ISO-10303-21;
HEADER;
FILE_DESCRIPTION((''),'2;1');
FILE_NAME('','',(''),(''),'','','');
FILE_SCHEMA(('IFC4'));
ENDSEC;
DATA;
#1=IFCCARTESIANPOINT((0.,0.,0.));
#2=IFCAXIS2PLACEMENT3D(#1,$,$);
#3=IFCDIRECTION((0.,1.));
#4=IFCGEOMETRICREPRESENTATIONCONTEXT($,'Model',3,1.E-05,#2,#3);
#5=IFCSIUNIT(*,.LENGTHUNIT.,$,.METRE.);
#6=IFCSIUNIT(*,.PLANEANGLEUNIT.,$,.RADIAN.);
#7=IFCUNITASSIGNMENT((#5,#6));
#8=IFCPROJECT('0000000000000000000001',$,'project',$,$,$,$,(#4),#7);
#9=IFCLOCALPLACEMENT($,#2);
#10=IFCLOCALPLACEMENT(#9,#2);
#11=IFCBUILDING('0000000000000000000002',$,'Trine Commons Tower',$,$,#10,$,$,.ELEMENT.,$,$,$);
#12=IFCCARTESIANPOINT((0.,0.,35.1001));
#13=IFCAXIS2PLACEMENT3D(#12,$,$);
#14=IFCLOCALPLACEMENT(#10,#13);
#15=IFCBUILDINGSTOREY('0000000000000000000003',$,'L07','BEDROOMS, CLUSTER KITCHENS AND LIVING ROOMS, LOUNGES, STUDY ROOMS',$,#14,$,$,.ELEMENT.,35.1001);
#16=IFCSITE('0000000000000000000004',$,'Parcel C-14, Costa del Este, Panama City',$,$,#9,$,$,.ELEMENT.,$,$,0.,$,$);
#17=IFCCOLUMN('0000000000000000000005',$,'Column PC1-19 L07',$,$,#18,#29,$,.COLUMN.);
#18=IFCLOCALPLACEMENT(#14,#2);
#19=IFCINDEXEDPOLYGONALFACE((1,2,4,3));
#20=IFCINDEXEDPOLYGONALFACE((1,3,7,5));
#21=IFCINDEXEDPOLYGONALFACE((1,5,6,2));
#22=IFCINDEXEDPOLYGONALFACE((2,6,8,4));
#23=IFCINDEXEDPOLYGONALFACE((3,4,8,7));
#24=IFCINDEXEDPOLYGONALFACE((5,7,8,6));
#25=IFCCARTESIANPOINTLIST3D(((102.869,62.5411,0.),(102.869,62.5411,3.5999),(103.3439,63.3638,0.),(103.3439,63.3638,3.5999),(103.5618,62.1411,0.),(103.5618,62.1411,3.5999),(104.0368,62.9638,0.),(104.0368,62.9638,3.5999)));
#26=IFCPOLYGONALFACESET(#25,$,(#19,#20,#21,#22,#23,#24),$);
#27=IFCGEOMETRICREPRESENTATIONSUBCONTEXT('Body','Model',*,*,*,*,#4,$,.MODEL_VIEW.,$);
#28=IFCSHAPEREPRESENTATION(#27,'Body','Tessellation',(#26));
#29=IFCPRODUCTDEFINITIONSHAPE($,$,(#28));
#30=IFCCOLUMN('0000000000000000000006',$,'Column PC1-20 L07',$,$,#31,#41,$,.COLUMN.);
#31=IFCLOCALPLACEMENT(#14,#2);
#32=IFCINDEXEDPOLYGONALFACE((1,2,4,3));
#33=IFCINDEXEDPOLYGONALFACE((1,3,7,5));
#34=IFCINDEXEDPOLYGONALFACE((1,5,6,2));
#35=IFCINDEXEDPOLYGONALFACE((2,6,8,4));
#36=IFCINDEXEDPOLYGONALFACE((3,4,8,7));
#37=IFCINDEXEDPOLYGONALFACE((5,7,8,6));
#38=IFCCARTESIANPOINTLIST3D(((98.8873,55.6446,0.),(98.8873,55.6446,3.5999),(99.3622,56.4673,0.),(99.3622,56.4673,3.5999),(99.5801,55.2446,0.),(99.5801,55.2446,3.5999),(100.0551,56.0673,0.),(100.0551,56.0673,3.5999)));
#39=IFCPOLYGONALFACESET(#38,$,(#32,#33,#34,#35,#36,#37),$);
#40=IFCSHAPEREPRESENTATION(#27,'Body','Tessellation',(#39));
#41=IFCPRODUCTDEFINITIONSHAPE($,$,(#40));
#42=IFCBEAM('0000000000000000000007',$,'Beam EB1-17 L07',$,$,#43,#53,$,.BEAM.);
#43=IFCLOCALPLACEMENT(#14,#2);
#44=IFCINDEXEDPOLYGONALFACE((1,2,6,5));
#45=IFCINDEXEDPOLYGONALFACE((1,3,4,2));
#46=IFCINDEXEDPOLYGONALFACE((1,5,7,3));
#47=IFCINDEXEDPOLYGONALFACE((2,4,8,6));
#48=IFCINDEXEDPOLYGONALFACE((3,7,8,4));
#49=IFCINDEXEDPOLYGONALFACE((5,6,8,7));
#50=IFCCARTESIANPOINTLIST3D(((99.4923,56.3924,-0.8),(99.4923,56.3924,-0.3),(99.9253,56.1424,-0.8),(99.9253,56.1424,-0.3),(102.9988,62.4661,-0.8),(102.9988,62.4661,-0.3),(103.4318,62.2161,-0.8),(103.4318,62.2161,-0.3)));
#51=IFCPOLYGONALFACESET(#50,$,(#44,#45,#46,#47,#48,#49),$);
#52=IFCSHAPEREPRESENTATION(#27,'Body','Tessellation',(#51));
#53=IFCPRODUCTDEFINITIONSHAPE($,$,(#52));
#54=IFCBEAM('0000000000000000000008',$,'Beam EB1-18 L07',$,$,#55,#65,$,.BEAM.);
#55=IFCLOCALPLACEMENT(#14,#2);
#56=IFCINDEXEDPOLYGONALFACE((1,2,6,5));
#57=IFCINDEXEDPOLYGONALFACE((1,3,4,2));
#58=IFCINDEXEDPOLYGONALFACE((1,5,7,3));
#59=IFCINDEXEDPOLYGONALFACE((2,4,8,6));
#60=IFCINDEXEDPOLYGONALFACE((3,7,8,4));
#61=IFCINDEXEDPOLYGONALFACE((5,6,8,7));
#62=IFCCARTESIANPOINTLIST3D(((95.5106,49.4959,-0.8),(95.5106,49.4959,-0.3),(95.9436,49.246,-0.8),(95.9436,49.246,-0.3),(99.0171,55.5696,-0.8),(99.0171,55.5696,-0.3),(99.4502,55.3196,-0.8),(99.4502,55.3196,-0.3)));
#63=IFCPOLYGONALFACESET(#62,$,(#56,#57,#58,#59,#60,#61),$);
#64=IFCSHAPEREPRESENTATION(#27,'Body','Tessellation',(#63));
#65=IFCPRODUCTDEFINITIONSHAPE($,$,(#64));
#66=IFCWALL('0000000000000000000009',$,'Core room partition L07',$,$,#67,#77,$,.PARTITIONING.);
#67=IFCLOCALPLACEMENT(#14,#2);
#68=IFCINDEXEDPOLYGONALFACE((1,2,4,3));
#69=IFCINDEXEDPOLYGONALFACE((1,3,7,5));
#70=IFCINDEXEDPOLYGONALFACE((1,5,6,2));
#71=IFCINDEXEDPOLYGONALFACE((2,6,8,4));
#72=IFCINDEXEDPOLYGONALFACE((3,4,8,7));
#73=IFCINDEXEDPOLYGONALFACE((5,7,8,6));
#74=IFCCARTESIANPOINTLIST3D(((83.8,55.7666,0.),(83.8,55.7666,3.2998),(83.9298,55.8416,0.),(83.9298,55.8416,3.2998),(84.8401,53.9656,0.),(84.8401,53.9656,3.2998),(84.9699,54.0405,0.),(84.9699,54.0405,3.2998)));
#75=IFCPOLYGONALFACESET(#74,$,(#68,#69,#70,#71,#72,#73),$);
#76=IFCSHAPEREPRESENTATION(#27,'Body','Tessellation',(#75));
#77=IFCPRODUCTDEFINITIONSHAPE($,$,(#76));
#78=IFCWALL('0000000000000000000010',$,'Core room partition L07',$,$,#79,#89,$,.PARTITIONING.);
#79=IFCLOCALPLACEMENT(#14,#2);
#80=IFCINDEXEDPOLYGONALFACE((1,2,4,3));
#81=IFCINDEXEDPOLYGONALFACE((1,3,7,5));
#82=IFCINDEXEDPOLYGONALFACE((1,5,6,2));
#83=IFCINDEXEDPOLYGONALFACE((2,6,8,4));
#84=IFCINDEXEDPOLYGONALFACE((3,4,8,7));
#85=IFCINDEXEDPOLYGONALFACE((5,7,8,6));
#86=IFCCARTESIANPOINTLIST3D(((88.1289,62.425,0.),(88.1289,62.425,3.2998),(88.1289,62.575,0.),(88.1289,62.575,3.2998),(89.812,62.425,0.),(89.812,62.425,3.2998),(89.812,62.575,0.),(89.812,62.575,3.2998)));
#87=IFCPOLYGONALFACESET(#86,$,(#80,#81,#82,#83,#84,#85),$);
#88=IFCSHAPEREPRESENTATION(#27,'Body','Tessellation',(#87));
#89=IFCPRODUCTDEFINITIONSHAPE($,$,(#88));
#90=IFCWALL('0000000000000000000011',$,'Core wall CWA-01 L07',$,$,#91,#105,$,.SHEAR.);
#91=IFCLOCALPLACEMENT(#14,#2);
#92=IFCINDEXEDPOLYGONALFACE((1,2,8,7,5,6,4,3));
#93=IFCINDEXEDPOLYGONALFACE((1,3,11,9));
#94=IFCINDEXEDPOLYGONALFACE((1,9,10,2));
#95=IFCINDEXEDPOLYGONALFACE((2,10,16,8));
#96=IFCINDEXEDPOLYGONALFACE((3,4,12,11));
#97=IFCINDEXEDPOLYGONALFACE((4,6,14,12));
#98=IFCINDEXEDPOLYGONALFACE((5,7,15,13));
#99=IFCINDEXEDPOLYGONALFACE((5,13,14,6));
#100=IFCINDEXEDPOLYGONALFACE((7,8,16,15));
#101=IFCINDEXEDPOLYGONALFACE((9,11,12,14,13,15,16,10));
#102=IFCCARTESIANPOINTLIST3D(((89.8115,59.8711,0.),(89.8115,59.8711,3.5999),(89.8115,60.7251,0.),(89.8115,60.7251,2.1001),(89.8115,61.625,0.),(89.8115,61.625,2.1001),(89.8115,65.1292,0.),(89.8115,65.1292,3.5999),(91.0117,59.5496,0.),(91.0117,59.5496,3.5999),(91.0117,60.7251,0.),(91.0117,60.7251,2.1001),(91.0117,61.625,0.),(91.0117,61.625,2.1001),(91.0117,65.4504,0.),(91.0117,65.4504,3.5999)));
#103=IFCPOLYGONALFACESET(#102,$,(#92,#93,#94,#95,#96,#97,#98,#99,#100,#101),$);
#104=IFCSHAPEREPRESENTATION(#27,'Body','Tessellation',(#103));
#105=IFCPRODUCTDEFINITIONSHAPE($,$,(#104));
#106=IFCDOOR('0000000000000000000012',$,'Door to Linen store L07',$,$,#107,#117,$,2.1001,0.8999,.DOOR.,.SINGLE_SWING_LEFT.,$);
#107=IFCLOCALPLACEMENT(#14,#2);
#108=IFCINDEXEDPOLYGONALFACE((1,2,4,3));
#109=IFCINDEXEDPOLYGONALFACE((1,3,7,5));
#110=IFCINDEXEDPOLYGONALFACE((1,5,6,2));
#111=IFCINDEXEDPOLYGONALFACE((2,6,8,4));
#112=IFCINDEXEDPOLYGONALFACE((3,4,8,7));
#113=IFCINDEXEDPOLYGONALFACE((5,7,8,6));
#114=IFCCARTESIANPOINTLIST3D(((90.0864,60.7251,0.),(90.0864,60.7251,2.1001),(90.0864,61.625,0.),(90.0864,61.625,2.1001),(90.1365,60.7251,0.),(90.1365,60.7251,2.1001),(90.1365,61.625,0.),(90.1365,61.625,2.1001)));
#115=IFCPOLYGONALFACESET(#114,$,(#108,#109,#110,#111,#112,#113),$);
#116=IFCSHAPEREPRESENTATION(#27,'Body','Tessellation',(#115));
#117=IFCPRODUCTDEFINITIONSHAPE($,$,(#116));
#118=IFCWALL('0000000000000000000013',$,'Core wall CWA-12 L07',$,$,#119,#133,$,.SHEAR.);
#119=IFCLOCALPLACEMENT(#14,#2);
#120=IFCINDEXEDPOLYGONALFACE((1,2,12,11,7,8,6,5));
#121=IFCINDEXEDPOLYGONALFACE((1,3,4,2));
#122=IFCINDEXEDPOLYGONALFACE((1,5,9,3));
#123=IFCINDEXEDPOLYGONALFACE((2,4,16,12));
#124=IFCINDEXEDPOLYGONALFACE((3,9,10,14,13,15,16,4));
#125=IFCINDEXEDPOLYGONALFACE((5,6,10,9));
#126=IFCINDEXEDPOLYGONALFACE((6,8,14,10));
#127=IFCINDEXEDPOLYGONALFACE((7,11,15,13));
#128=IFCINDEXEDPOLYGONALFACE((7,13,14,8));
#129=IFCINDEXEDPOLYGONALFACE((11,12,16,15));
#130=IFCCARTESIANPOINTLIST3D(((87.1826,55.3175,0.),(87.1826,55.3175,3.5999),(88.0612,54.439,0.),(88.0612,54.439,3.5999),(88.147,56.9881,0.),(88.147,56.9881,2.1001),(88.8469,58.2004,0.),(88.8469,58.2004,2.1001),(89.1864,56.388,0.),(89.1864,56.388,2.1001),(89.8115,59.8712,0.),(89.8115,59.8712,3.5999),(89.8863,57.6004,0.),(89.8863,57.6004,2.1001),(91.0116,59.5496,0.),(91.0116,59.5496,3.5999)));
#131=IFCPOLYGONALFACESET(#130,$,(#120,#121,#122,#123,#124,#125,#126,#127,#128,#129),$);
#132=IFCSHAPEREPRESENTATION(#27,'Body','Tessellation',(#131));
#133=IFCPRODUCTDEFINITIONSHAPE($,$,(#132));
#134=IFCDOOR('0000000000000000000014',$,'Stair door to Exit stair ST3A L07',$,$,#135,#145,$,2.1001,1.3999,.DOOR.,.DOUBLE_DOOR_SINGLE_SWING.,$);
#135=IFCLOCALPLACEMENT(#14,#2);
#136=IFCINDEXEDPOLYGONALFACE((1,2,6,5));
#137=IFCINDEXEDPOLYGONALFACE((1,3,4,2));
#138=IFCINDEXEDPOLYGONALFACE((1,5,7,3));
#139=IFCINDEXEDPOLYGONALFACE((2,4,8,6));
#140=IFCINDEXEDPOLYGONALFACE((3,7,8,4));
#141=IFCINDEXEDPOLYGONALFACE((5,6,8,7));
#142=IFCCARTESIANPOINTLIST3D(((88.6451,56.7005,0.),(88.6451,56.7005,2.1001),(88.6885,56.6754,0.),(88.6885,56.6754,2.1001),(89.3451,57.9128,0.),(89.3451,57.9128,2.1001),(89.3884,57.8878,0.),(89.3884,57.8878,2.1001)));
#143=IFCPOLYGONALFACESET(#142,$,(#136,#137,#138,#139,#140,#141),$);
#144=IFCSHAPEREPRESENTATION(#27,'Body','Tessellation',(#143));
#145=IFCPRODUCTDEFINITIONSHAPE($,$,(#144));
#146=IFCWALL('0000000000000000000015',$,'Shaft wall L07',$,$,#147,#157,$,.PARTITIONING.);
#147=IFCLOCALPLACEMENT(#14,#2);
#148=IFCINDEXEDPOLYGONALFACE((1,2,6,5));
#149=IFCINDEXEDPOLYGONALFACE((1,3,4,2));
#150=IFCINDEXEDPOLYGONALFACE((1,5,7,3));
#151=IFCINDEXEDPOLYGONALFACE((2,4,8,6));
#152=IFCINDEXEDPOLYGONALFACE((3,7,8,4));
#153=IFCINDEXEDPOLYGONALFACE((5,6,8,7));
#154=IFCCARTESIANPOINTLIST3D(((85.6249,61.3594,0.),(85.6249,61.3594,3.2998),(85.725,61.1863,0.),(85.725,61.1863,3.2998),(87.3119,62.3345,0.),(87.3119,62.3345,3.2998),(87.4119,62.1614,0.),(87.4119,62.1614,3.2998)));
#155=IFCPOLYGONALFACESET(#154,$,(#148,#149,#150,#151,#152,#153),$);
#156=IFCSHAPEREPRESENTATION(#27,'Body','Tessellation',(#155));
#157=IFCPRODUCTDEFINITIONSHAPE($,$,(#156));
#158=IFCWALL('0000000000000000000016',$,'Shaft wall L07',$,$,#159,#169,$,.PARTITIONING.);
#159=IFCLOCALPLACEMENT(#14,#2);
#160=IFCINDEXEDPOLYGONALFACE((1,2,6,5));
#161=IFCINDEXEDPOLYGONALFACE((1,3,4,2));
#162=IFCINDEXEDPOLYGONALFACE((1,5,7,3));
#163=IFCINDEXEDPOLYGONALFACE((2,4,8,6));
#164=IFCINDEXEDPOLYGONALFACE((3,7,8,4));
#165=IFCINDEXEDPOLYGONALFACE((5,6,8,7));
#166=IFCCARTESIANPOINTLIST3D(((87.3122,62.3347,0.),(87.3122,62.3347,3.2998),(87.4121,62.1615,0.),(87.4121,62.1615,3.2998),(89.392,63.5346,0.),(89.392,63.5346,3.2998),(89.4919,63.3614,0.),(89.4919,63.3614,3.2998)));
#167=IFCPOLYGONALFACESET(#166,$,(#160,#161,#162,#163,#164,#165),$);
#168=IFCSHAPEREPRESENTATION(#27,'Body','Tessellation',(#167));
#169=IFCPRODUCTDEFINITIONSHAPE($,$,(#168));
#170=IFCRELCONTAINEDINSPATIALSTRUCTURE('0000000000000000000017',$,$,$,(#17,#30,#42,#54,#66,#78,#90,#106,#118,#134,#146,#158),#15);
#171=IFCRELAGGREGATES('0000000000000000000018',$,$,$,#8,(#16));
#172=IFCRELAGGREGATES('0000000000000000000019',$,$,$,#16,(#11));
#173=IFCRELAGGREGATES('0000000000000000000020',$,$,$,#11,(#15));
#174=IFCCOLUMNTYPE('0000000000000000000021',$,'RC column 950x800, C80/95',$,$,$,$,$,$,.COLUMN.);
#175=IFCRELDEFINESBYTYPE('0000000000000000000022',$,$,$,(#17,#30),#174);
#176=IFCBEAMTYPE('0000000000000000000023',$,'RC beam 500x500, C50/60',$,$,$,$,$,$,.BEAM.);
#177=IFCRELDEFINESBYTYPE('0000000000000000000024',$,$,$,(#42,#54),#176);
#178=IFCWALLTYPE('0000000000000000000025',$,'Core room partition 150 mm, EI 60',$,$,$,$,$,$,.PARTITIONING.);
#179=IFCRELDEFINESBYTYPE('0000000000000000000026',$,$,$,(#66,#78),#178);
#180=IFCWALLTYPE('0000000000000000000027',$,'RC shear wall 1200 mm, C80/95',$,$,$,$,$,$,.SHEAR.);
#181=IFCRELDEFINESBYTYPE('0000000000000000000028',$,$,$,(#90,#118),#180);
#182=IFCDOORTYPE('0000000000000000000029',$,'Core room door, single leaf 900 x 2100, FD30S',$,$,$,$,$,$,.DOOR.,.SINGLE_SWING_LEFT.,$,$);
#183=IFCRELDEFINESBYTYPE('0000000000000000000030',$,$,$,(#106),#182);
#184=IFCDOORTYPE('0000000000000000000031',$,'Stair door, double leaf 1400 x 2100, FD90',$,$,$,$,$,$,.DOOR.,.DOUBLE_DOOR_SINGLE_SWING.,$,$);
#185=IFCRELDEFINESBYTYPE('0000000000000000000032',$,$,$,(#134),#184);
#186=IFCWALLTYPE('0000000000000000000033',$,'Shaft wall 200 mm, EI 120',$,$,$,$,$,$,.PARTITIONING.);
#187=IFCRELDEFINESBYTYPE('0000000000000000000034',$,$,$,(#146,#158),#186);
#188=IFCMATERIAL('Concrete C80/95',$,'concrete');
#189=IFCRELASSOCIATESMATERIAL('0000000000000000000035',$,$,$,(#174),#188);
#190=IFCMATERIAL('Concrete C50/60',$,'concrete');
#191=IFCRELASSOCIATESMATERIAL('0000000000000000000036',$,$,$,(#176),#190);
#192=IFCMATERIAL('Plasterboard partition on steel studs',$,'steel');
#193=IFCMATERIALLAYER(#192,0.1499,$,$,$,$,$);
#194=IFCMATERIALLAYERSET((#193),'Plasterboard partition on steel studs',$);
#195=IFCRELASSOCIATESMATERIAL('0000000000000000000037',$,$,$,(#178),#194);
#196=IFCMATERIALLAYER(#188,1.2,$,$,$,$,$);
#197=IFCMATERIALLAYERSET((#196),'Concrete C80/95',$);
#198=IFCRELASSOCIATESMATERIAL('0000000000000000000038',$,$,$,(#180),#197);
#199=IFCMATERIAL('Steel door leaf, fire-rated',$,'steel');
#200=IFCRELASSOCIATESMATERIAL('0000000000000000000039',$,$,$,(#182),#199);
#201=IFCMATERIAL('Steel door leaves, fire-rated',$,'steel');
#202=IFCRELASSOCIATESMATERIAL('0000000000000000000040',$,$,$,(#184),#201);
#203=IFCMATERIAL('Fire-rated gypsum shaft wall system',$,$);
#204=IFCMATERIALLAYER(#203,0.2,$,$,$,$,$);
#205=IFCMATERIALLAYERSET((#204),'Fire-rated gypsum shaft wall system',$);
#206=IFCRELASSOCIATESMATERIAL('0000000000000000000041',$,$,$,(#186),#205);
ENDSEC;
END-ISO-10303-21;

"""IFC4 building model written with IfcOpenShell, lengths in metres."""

from ifc_helpers import new_model, si_unit, direction, frame, frame_2d, origin, origin_2d, place, context, subcontext, project, spatial, polyline, rectangle, outline, extrude, material, layer, layer_set, material_profile, profile_set, type_object, element, fill, save


model = new_model("IFC4")

# Units and contexts
model_context = context("Model", 3, precision=1e-05, world=origin(), true_north=direction((0.0, 1.0)))
body_context = subcontext(model_context, "Body", "Model", "MODEL_VIEW")
ifc_project = project(units=[si_unit("LENGTHUNIT", "METRE"), si_unit("PLANEANGLEUNIT", "RADIAN")], contexts=[model_context])

# Site, building, storey
site_placement = place(None, origin())
site = spatial("IfcSite", under=ifc_project, at=site_placement, Name="Parcel C-14, Costa del Este, Panama City", CompositionType="ELEMENT", RefElevation=0.0)
building_placement = place(site_placement, origin())
building = spatial("IfcBuilding", under=site, at=building_placement, Name="Trine Commons Tower", CompositionType="ELEMENT")
storey_placement = place(building_placement, frame((0.0, 0.0, 35.1001)))
storey = spatial("IfcBuildingStorey", under=building, at=storey_placement, Name="L07", Description="BEDROOMS, CLUSTER KITCHENS AND LIVING ROOMS, LOUNGES, STUDY ROOMS", CompositionType="ELEMENT", Elevation=35.1001)

# Columns
ifc_material_1 = material(Name="Concrete C80/95", Category="concrete")
ifc_material_profile_1 = material_profile(ifc_material_1, rectangle(XDim=0.95, YDim=0.8, at=origin_2d()), Name="RC 950x800")
ifc_profile_set_1 = profile_set([ifc_material_profile_1], Name="Concrete C80/95")
column_type = type_object("IfcColumnType", Name="RC column 950x800, C80/95", PredefinedType="COLUMN", material=ifc_profile_set_1)
for number, where, z_axis, x_axis, name in (
    (1, (103.4529, 62.7524, 0.0), (0.0, 0.0, 1.0), (0.5, 0.866025, 0.0), "Column PC1-19 L07"),
    (2, (99.4712, 55.856, 0.0), (0.0, 0.0, 1.0), (0.5, 0.866025, 0.0), "Column PC1-20 L07"),
):
    element("IfcColumn", number, at=place(storey_placement, frame(where, z_axis=z_axis, x_axis=x_axis)), inside=storey, type_object=column_type, Name=name, PredefinedType="COLUMN", context=body_context, shape_type="SweptSolid", body=[
        extrude(rectangle(XDim=0.95, YDim=0.8, at=origin_2d()), origin(), (0.0, 0.0, 1.0), 3.5999),
    ])

# Beams
ifc_material_2 = material(Name="Concrete C50/60", Category="concrete")
ifc_material_profile_2 = material_profile(ifc_material_2, rectangle(XDim=0.5, YDim=0.5, at=origin_2d()), Name="RC 500x500")
ifc_profile_set_2 = profile_set([ifc_material_profile_2], Name="Concrete C50/60")
beam_type = type_object("IfcBeamType", Name="RC beam 500x500, C50/60", PredefinedType="BEAM", material=ifc_profile_set_2)
for number, where, z_axis, x_axis, name in (
    (3, (103.2153, 62.3411, -0.55), (-0.499992, -0.86603, 0.0), (0.86603, -0.499992, 0.0), "Beam EB1-17 L07"),
    (4, (99.2336, 55.4446, -0.55), (-0.499992, -0.86603, 0.0), (0.86603, -0.499992, 0.0), "Beam EB1-18 L07"),
):
    element("IfcBeam", number, at=place(storey_placement, frame(where, z_axis=z_axis, x_axis=x_axis)), inside=storey, type_object=beam_type, Name=name, PredefinedType="BEAM", context=body_context, shape_type="SweptSolid", body=[
        extrude(rectangle(XDim=0.5, YDim=0.5, at=origin_2d()), origin(), (0.0, 0.0, 1.0), 7.0132),
    ])

# Walls
ifc_material_3 = material(Name="Plasterboard partition on steel studs", Category="steel")
ifc_layer_1 = layer(ifc_material_3, 0.1499)
ifc_layer_set_1 = layer_set([ifc_layer_1], Name="Plasterboard partition on steel studs")
wall_type_1 = type_object("IfcWallType", Name="Core room partition 150 mm, EI 60", PredefinedType="PARTITIONING", material=ifc_layer_set_1)
wall_1_placement = place(storey_placement, frame((84.905, 54.0029, 0.0), z_axis=(0.0, 0.0, 1.0), x_axis=(-0.500078, 0.86598, 0.0)))
element("IfcWall", 5, at=wall_1_placement, inside=storey, type_object=wall_type_1, Name="Core room partition L07", PredefinedType="PARTITIONING", context=body_context, shape_type="SweptSolid", body=[
    extrude(rectangle(XDim=2.0798, YDim=0.1499, at=frame_2d((1.04, 0.0))), origin(), (0.0, 0.0, 1.0), 3.2998),
])
wall_2_placement = place(storey_placement, frame((89.812, 62.5, 0.0), z_axis=(0.0, 0.0, 1.0), x_axis=(-1.0, 0.0, 0.0)))
element("IfcWall", 6, at=wall_2_placement, inside=storey, type_object=wall_type_1, Name="Core room partition L07", PredefinedType="PARTITIONING", context=body_context, shape_type="SweptSolid", body=[
    extrude(rectangle(XDim=1.6831, YDim=0.1499, at=frame_2d((0.8416, 0.0))), origin(), (0.0, 0.0, 1.0), 3.2998),
])

# Walls, openings, doors
ifc_layer_2 = layer(ifc_material_1, 1.2)
ifc_layer_set_2 = layer_set([ifc_layer_2], Name="Concrete C80/95")
wall_type_2 = type_object("IfcWallType", Name="RC shear wall 1200 mm, C80/95", PredefinedType="SHEAR", material=ifc_layer_set_2)
wall_3_placement = place(storey_placement, frame((90.4116, 59.5496, 0.0), z_axis=(0.0, 0.0, 1.0), x_axis=(0.0, 1.0, 0.0)))
wall_3 = element("IfcWall", 7, at=wall_3_placement, inside=storey, type_object=wall_type_2, Name="Core wall CWA-01 L07", PredefinedType="SHEAR", context=body_context, shape_type="SweptSolid", body=[
    extrude(outline(polyline([(0.0, -0.6001), (5.9009, -0.6001), (5.5796, 0.6001), (0.3215, 0.6001), (0.0, -0.6001)])), origin(), (0.0, 0.0, 1.0), 3.5999),
])
opening_1_placement = place(wall_3_placement, frame((1.1755, 0.0, 0.0)))
opening_1 = element("IfcOpeningElement", 8, at=opening_1_placement, cuts=wall_3, PredefinedType="OPENING", context=body_context, shape_type="SweptSolid", body=[
    extrude(rectangle(XDim=0.8999, YDim=2.1001, at=frame_2d((0.45, 1.05))), frame((0.0, 0.6099, 0.0), z_axis=(0.0, -1.0, 0.0), x_axis=(1.0, 0.0, 0.0)), (0.0, 0.0, 1.0), 1.22),
])
ifc_material_4 = material(Name="Steel door leaf, fire-rated", Category="steel")
door_type_1 = type_object("IfcDoorType", Name="Core room door, single leaf 900 x 2100, FD30S", OperationType="SINGLE_SWING_LEFT", PredefinedType="DOOR", material=ifc_material_4)
door_1_placement = place(opening_1_placement, origin())
door_1 = element("IfcDoor", 9, at=door_1_placement, inside=storey, type_object=door_type_1, Name="Door to Linen store L07", OperationType="SINGLE_SWING_LEFT", OverallHeight=2.1001, OverallWidth=0.8999, PredefinedType="DOOR", context=body_context, shape_type="SweptSolid", body=[
    extrude(rectangle(XDim=0.8999, YDim=2.1001, at=frame_2d((0.45, 1.05))), frame((0.0, 0.3252, 0.0), z_axis=(0.0, -1.0, 0.0), x_axis=(1.0, 0.0, 0.0)), (0.0, 0.0, 1.0), 0.05),
])
fill(opening_1, door_1)
wall_4_placement = place(storey_placement, frame((87.5415, 54.739, 0.0), z_axis=(0.0, 0.0, 1.0), x_axis=(0.499979, 0.866037, 0.0)))
wall_4 = element("IfcWall", 10, at=wall_4_placement, inside=storey, type_object=wall_type_2, Name="Core wall CWA-12 L07", PredefinedType="SHEAR", context=body_context, shape_type="SweptSolid", body=[
    extrude(outline(polyline([(0.0, -0.6001), (5.9011, -0.6001), (5.5796, 0.6001), (0.3215, 0.6001), (0.0, -0.6001)])), origin(), (0.0, 0.0, 1.0), 3.5999),
])
opening_2_placement = place(wall_4_placement, frame((2.2505, 0.0, 0.0)))
opening_2 = element("IfcOpeningElement", 11, at=opening_2_placement, cuts=wall_4, PredefinedType="OPENING", context=body_context, shape_type="SweptSolid", body=[
    extrude(rectangle(XDim=1.3999, YDim=2.1001, at=frame_2d((0.7, 1.05))), frame((0.0, 0.6099, 0.0), z_axis=(0.0, -1.0, 0.0), x_axis=(1.0, 0.0, 0.0)), (0.0, 0.0, 1.0), 1.22),
])
ifc_material_5 = material(Name="Steel door leaves, fire-rated", Category="steel")
door_type_2 = type_object("IfcDoorType", Name="Stair door, double leaf 1400 x 2100, FD90", OperationType="DOUBLE_DOOR_SINGLE_SWING", PredefinedType="DOOR", material=ifc_material_5)
door_2_placement = place(opening_2_placement, origin())
door_2 = element("IfcDoor", 12, at=door_2_placement, inside=storey, type_object=door_type_2, Name="Stair door to Exit stair ST3A L07", OperationType="DOUBLE_DOOR_SINGLE_SWING", OverallHeight=2.1001, OverallWidth=1.3999, PredefinedType="DOOR", context=body_context, shape_type="SweptSolid", body=[
    extrude(rectangle(XDim=1.3999, YDim=2.1001, at=frame_2d((0.7, 1.05))), frame((0.0, 0.0249, 0.0), z_axis=(0.0, -1.0, 0.0), x_axis=(1.0, 0.0, 0.0)), (0.0, 0.0, 1.0), 0.05),
])
fill(opening_2, door_2)

# Walls
ifc_material_6 = material(Name="Fire-rated gypsum shaft wall system")
ifc_layer_3 = layer(ifc_material_6, 0.2)
ifc_layer_set_3 = layer_set([ifc_layer_3], Name="Fire-rated gypsum shaft wall system")
wall_type_3 = type_object("IfcWallType", Name="Shaft wall 200 mm, EI 120", PredefinedType="PARTITIONING", material=ifc_layer_set_3)
wall_5_placement = place(storey_placement, frame((85.675, 61.2729, 0.0), z_axis=(0.0, 0.0, 1.0), x_axis=(0.865781, 0.500424, 0.0)))
element("IfcWall", 13, at=wall_5_placement, inside=storey, type_object=wall_type_3, Name="Shaft wall L07", PredefinedType="PARTITIONING", context=body_context, shape_type="SweptSolid", body=[
    extrude(rectangle(XDim=1.9485, YDim=0.2, at=frame_2d((0.9741, 0.0))), origin(), (0.0, 0.0, 1.0), 3.2998),
])
wall_6_placement = place(storey_placement, frame((87.3621, 62.248, 0.0), z_axis=(0.0, 0.0, 1.0), x_axis=(0.866177, 0.499737, 0.0)))
element("IfcWall", 14, at=wall_6_placement, inside=storey, type_object=wall_type_3, Name="Shaft wall L07", PredefinedType="PARTITIONING", context=body_context, shape_type="SweptSolid", body=[
    extrude(rectangle(XDim=2.4011, YDim=0.2, at=frame_2d((1.2007, 0.0))), origin(), (0.0, 0.0, 1.0), 3.2998),
])

save(model, "model.ifc")
